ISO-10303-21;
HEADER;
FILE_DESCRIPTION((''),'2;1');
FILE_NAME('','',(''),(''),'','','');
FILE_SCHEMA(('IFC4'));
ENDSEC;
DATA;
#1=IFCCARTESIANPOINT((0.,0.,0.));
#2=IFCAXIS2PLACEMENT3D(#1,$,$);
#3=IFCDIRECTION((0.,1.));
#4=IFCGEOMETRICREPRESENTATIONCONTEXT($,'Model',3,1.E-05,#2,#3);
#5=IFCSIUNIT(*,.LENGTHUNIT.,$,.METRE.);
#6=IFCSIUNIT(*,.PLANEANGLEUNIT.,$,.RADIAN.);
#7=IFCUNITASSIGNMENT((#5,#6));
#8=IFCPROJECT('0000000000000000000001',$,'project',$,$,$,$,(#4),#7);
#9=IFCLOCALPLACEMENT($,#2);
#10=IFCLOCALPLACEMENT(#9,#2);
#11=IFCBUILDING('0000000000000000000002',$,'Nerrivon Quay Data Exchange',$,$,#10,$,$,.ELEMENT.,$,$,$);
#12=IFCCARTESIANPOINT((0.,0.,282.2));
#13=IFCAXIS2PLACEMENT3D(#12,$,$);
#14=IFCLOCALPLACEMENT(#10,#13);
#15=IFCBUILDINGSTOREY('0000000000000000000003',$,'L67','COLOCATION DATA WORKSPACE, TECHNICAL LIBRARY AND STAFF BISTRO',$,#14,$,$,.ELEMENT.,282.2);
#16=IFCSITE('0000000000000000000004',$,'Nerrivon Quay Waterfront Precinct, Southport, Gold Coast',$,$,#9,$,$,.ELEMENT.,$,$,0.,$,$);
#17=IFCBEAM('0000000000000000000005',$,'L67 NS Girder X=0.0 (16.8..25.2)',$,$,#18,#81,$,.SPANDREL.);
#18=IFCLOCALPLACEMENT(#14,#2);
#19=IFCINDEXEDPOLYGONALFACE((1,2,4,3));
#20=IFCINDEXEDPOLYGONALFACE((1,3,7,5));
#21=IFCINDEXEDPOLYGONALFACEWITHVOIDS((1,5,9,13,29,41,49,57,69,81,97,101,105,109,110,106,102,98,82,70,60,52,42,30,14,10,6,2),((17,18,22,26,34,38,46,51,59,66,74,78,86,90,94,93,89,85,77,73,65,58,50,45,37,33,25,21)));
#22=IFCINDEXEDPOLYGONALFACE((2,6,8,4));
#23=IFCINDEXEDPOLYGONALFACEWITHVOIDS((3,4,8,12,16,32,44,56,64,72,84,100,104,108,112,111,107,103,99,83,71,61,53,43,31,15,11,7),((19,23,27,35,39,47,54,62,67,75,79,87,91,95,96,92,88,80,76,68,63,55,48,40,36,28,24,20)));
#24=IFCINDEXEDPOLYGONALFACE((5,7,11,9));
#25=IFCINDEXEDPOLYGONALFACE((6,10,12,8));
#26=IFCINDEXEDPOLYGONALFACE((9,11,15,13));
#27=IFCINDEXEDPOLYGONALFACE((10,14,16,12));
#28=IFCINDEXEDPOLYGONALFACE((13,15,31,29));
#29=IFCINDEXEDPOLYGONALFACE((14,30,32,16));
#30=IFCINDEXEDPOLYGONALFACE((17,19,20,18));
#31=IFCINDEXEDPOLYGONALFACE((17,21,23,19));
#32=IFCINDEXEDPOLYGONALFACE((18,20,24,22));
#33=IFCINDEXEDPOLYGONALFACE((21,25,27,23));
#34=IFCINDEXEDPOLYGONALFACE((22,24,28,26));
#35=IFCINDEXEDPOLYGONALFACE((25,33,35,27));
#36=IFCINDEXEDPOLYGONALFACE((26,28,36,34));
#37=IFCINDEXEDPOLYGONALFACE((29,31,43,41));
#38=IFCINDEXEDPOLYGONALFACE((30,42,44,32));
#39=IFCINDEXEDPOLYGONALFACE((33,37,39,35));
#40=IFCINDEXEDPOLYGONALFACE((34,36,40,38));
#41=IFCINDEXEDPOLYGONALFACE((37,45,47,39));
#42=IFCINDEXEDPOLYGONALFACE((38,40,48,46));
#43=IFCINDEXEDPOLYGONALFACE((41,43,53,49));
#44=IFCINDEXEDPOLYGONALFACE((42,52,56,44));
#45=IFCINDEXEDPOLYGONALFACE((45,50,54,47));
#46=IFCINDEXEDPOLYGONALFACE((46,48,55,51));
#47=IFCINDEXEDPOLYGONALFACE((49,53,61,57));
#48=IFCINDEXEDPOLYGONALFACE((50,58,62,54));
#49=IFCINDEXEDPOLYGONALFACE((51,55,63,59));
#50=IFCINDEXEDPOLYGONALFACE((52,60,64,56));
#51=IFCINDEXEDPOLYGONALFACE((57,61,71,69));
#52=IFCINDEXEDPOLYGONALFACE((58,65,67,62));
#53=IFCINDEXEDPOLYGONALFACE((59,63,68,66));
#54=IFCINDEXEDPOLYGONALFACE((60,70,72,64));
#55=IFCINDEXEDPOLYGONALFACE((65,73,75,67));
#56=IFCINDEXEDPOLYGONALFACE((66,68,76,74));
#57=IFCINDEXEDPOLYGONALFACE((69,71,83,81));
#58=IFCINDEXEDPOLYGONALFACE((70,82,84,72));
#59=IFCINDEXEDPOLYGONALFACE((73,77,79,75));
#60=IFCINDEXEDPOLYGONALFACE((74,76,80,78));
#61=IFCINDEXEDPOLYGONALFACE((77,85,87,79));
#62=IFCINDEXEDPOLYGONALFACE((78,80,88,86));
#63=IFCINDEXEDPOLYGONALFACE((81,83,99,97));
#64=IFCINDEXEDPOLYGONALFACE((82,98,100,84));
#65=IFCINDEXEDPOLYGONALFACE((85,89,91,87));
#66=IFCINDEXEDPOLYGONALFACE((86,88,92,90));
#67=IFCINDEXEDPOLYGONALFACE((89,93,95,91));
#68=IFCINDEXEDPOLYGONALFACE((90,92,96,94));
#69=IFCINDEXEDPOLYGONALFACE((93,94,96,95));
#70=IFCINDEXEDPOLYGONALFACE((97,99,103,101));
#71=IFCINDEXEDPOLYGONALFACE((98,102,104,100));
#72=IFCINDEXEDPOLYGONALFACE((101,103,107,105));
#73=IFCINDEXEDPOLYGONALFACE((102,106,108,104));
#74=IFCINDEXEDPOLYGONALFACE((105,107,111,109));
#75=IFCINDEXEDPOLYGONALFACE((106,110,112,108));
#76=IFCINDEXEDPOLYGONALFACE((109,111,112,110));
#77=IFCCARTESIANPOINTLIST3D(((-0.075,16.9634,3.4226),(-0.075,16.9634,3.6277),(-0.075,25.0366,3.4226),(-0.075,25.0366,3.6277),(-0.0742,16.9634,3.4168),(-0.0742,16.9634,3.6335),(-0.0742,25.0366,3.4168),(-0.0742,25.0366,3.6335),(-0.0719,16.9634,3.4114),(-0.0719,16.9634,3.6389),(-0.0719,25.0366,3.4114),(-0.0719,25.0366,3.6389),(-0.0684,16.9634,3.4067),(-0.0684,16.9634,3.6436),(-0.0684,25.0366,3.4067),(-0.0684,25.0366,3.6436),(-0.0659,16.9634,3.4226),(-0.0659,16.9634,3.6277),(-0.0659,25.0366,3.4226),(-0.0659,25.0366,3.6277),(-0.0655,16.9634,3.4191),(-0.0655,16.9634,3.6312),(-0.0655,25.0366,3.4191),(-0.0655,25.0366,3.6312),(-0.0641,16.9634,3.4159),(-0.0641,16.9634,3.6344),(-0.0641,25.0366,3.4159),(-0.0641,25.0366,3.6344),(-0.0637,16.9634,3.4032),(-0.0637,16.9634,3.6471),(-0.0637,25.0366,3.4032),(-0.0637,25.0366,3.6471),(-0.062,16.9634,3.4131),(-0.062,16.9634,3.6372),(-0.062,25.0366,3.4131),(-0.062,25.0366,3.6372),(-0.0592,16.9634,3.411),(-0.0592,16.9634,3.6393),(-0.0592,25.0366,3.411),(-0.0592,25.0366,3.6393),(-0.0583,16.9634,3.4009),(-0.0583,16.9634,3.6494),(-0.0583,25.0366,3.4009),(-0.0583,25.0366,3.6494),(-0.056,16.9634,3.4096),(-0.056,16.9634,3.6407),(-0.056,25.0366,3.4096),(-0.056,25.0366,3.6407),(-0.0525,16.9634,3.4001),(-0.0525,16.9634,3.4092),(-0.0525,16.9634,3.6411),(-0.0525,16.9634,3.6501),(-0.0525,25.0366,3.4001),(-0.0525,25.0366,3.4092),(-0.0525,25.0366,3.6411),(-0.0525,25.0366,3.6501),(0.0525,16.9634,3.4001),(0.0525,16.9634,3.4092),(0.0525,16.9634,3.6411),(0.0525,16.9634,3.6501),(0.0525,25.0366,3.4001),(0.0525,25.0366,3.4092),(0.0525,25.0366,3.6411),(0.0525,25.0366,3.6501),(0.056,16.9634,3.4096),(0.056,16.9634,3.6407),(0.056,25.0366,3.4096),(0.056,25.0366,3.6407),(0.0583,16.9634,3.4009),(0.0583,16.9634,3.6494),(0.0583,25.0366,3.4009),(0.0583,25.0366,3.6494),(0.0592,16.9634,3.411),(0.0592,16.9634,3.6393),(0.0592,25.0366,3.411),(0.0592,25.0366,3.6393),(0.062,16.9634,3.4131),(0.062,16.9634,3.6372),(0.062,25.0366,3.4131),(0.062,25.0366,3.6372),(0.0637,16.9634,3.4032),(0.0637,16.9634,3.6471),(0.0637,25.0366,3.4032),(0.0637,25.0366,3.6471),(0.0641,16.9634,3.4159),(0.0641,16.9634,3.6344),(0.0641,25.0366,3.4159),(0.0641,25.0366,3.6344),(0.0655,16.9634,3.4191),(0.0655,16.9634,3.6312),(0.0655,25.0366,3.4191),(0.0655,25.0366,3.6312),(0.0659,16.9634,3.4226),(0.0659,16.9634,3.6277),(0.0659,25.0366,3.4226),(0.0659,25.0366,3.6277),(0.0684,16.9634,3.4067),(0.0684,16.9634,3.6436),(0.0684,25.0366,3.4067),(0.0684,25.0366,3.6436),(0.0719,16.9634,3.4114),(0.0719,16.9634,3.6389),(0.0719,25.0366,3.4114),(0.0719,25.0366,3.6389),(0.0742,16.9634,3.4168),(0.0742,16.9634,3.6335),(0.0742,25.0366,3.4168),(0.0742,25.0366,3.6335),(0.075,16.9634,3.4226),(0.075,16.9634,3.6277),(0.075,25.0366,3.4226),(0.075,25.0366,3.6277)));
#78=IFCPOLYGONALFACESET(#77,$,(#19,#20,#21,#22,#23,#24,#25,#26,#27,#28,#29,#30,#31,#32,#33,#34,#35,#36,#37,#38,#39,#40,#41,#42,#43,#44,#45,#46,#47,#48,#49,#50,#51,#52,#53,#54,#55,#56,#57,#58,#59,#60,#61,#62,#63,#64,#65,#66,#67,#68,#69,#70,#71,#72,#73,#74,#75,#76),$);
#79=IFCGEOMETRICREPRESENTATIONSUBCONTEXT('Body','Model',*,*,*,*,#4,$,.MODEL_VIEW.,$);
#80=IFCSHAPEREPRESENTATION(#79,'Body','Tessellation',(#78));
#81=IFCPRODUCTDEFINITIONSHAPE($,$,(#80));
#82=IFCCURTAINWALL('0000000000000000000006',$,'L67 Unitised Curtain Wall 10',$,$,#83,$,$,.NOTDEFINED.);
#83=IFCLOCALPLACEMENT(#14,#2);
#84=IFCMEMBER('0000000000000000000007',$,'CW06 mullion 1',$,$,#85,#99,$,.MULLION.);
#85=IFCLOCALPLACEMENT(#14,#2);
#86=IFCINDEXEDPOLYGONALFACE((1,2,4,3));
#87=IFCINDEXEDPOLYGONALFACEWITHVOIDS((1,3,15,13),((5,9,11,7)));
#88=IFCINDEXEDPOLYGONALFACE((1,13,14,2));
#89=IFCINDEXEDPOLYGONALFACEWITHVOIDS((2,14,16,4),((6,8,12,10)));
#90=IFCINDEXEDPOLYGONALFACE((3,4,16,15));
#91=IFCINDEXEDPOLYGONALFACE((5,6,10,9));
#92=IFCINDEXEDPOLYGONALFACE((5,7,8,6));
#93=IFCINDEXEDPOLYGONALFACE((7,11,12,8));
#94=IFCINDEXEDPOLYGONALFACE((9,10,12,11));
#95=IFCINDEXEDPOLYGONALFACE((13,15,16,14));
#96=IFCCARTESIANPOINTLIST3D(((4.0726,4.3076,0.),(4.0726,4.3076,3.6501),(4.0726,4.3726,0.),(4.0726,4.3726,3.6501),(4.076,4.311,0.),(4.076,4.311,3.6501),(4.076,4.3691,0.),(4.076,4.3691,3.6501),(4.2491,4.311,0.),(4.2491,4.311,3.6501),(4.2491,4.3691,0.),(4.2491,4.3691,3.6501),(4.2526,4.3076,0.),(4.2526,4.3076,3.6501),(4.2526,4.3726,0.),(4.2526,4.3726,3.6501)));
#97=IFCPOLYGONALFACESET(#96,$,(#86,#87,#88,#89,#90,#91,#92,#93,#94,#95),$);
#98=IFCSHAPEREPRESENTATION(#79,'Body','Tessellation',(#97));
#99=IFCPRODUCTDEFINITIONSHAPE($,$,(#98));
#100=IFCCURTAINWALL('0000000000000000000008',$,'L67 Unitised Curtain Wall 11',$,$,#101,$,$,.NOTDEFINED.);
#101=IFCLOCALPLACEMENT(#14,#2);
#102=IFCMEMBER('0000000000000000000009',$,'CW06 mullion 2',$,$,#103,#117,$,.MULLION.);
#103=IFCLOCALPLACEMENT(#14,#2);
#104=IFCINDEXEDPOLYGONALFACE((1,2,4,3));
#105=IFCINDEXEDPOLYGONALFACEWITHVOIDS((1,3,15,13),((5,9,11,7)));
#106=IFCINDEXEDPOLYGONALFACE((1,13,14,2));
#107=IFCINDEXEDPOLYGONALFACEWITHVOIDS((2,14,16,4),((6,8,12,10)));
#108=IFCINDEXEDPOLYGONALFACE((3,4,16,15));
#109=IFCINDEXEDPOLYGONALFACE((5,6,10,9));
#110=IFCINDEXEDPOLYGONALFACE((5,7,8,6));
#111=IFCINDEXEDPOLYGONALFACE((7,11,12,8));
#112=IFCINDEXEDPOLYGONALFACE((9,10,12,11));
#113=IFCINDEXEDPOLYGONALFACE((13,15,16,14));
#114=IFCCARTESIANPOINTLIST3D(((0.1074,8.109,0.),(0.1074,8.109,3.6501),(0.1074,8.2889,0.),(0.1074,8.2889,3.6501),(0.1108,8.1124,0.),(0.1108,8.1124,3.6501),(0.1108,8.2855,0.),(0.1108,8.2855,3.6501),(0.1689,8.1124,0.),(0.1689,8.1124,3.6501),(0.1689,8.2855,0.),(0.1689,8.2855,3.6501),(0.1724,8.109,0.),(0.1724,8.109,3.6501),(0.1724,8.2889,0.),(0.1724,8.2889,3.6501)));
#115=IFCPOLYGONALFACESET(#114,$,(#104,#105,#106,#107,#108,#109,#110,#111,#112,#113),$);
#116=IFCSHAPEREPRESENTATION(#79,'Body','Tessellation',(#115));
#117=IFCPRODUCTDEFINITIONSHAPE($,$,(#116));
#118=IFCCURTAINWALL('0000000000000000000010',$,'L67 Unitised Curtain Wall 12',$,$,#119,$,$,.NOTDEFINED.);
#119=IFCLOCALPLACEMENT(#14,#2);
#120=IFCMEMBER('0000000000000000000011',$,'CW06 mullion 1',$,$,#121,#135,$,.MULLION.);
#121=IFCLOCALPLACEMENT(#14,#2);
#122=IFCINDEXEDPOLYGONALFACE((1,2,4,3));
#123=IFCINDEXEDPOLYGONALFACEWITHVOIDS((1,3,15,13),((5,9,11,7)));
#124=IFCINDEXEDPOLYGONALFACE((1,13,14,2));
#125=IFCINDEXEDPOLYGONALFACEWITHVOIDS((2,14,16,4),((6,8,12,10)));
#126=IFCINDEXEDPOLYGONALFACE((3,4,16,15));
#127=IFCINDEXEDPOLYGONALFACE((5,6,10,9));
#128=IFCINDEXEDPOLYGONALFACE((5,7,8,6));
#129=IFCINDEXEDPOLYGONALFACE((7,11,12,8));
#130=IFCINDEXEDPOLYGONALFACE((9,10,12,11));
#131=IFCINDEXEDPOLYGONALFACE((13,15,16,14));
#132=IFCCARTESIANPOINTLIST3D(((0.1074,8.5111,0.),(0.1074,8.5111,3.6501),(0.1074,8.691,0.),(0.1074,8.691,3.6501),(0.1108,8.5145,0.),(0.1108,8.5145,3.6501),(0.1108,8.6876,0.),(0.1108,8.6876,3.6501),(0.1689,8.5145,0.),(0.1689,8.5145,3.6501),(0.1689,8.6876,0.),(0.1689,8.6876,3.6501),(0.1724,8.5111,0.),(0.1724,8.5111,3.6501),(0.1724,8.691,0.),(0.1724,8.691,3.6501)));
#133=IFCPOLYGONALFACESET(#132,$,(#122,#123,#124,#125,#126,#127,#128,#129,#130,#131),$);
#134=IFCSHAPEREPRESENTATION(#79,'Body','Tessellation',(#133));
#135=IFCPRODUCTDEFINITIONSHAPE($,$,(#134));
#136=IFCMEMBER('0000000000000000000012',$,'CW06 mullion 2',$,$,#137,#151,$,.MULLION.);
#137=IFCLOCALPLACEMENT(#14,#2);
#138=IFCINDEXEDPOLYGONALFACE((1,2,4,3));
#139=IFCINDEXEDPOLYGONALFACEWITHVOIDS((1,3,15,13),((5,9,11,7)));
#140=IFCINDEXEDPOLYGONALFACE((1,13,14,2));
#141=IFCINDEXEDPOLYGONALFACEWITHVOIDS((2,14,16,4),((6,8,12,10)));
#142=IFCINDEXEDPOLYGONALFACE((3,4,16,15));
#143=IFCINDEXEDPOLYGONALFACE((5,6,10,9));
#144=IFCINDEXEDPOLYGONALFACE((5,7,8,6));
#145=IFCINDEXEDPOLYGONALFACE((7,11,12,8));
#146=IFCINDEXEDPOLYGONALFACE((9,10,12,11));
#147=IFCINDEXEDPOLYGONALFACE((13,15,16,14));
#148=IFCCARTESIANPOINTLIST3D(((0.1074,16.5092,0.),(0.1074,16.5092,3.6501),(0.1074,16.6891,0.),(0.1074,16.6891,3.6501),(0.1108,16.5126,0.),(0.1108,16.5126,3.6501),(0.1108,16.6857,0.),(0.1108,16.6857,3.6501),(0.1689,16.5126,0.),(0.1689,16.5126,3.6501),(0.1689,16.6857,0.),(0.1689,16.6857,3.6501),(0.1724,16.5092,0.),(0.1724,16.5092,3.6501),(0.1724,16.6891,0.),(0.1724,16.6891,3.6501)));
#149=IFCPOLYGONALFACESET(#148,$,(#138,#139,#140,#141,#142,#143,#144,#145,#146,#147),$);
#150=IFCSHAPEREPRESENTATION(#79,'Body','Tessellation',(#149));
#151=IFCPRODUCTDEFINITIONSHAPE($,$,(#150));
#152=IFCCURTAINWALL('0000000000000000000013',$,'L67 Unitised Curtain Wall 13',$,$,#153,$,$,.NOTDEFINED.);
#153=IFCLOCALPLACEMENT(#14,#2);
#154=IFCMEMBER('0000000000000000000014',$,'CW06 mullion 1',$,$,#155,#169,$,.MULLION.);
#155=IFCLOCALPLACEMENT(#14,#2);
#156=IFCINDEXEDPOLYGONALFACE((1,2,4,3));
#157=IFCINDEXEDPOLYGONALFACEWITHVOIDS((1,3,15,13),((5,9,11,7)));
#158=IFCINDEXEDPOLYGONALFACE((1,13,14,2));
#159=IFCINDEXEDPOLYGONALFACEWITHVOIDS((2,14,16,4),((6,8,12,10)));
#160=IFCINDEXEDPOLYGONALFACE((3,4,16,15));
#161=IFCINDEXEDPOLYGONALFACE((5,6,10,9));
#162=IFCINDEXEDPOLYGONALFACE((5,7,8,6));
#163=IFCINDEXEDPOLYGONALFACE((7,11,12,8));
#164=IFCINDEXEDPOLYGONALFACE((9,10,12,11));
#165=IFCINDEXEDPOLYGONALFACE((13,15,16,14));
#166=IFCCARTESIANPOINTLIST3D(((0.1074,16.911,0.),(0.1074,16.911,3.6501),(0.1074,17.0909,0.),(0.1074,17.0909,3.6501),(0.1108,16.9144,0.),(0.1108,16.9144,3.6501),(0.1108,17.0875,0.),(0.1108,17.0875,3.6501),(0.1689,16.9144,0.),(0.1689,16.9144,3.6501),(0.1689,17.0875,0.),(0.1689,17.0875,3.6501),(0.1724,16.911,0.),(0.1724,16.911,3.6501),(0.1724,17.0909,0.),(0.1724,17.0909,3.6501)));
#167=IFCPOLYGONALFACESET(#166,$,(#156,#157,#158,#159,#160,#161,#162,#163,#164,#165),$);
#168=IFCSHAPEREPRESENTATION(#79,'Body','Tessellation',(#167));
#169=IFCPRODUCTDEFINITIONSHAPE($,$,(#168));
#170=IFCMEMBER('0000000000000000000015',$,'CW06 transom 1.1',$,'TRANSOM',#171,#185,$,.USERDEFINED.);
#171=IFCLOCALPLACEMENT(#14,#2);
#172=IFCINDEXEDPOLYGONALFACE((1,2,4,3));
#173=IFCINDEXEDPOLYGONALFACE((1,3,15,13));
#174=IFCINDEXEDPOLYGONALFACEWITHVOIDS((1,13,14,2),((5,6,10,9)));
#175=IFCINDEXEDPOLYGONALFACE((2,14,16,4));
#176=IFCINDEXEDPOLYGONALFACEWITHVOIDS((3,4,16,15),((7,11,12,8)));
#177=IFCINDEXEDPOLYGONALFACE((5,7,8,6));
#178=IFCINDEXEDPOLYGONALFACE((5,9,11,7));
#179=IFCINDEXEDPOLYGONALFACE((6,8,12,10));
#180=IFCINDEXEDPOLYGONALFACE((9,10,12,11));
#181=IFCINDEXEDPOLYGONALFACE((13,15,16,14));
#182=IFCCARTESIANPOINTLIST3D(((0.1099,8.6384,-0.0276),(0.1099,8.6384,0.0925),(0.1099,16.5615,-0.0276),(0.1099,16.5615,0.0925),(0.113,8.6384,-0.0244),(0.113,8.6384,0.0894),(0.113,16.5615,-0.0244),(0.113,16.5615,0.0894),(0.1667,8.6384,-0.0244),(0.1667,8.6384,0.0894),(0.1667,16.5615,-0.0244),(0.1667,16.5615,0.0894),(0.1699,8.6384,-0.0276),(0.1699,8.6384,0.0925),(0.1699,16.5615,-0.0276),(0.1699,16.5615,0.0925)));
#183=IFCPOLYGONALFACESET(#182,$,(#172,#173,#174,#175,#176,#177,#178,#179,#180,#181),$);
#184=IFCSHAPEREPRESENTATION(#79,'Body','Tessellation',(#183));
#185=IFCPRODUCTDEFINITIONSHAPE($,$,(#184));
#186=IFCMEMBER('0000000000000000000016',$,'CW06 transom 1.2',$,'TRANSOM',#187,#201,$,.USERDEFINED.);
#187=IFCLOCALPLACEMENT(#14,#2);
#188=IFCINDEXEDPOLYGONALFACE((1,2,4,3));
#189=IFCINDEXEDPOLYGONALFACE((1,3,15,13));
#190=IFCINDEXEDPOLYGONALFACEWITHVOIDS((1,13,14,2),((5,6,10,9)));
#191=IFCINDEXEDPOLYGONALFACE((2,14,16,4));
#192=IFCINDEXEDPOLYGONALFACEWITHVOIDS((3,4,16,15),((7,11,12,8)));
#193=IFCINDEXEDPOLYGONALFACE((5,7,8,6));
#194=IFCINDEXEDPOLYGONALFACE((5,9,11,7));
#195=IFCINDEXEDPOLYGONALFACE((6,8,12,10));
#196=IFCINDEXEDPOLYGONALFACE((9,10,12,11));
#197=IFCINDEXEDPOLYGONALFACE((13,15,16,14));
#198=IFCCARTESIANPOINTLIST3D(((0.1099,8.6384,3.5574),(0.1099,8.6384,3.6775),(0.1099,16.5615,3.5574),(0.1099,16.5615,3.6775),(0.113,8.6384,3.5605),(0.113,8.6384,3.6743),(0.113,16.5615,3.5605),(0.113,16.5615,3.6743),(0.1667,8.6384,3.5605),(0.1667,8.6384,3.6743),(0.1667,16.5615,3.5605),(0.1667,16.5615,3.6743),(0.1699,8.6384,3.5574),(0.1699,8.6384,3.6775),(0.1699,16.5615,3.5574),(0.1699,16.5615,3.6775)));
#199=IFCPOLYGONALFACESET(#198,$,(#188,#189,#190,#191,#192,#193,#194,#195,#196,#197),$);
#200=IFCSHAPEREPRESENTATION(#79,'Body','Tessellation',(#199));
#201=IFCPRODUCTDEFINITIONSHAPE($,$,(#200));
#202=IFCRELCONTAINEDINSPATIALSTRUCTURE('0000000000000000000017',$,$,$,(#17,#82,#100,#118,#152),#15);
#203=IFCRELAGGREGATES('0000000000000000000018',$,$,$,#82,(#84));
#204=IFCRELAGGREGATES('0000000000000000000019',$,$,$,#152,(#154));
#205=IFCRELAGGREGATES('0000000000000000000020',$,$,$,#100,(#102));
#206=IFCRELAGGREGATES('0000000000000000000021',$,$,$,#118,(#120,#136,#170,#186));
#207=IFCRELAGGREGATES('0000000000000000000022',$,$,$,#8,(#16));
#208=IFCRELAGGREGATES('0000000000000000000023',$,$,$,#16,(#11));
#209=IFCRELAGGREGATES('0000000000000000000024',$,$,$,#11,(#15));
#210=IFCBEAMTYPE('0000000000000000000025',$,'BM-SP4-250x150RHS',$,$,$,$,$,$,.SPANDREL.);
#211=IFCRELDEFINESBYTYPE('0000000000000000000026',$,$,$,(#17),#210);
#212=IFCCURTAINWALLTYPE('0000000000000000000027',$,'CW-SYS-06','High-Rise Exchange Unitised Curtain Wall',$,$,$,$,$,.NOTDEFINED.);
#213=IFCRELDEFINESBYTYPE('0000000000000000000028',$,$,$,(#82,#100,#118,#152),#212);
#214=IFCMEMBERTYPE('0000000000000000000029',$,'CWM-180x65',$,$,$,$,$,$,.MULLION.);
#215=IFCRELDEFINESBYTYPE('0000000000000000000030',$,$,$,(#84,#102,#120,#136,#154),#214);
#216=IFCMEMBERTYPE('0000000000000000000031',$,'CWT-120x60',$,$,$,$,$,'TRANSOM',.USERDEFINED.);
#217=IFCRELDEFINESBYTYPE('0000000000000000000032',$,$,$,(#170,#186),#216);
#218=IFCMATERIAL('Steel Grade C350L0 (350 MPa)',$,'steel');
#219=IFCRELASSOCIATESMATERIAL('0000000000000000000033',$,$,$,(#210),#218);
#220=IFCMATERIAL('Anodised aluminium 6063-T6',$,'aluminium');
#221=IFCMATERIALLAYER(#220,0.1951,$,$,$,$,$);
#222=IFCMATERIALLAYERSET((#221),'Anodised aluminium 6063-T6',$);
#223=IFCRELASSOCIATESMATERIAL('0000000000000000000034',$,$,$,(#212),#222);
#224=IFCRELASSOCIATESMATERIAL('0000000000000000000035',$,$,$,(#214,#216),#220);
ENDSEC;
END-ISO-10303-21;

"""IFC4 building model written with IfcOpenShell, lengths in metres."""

from ifc_helpers import new_model, si_unit, direction, frame, origin, origin_2d, place, context, subcontext, project, spatial, hollow_rectangle, extrude, material, layer, layer_set, material_profile, profile_set, type_object, element, aggregate, save


model = new_model("IFC4")

# Units and contexts
model_context = context("Model", 3, precision=1e-05, world=origin(), true_north=direction((0.0, 1.0)))
body_context = subcontext(model_context, "Body", "Model", "MODEL_VIEW")
ifc_project = project(units=[si_unit("LENGTHUNIT", "METRE"), si_unit("PLANEANGLEUNIT", "RADIAN")], contexts=[model_context])

# Site, building, storey
site_placement = place(None, origin())
site = spatial("IfcSite", under=ifc_project, at=site_placement, Name="Nerrivon Quay Waterfront Precinct, Southport, Gold Coast", CompositionType="ELEMENT", RefElevation=0.0)
building_placement = place(site_placement, origin())
building = spatial("IfcBuilding", under=site, at=building_placement, Name="Nerrivon Quay Data Exchange", CompositionType="ELEMENT")
storey_placement = place(building_placement, frame((0.0, 0.0, 282.2)))
storey = spatial("IfcBuildingStorey", under=building, at=storey_placement, Name="L67", Description="COLOCATION DATA WORKSPACE, TECHNICAL LIBRARY AND STAFF BISTRO", CompositionType="ELEMENT", Elevation=282.2)

# Beam
ifc_material_1 = material(Name="Steel Grade C350L0 (350 MPa)", Category="steel")
ifc_material_profile_1 = material_profile(ifc_material_1, hollow_rectangle(XDim=0.1499, YDim=0.25, WallThickness=0.009, InnerFilletRadius=0.0134, OuterFilletRadius=0.0225, at=origin_2d()), Name="250x150x9.0RHS")
ifc_profile_set_1 = profile_set([ifc_material_profile_1], Name="Steel Grade C350L0 (350 MPa)")
beam_type_1 = type_object("IfcBeamType", Name="BM-SP4-250x150RHS", PredefinedType="SPANDREL", material=ifc_profile_set_1)
beam_1_placement = place(storey_placement, frame((0.0, 16.9634, 3.5251), z_axis=(0.0, 1.0, 0.0), x_axis=(-1.0, 0.0, 0.0)))
element("IfcBeam", 1, at=beam_1_placement, inside=storey, type_object=beam_type_1, Name="L67 NS Girder X=0.0 (16.8..25.2)", PredefinedType="SPANDREL", context=body_context, shape_type="SweptSolid", body=[
    extrude(hollow_rectangle(XDim=0.1499, YDim=0.25, WallThickness=0.009, InnerFilletRadius=0.0134, OuterFilletRadius=0.0225, at=origin_2d()), origin(), (0.0, 0.0, 1.0), 8.0732),
])

# Curtain walls, members
ifc_material_2 = material(Name="Anodised aluminium 6063-T6", Category="aluminium")
ifc_layer_1 = layer(ifc_material_2, 0.1951)
ifc_layer_set_1 = layer_set([ifc_layer_1], Name="Anodised aluminium 6063-T6")
curtain_wall_type = type_object("IfcCurtainWallType", Name="CW-SYS-06", Description="High-Rise Exchange Unitised Curtain Wall", PredefinedType="NOTDEFINED", material=ifc_layer_set_1)
curtain_wall_1_placement = place(storey_placement, origin())
curtain_wall_1 = element("IfcCurtainWall", 2, at=curtain_wall_1_placement, inside=storey, type_object=curtain_wall_type, Name="L67 Unitised Curtain Wall 10", PredefinedType="NOTDEFINED")
ifc_material_profile_2 = material_profile(ifc_material_2, hollow_rectangle(XDim=0.0649, YDim=0.1799, WallThickness=0.0034, at=origin_2d()), Name="ALU-MULL-180x65")
ifc_profile_set_2 = profile_set([ifc_material_profile_2], Name="Anodised aluminium 6063-T6")
member_type_1 = type_object("IfcMemberType", Name="CWM-180x65", PredefinedType="MULLION", material=ifc_profile_set_2)
member_1_placement = place(storey_placement, frame((4.1626, 4.3401, 0.0), z_axis=(0.0, 0.0, 1.0), x_axis=(0.0, -1.0, 0.0)))
member_1 = element("IfcMember", 3, at=member_1_placement, type_object=member_type_1, Name="CW06 mullion 1", PredefinedType="MULLION", context=body_context, shape_type="SweptSolid", body=[
    extrude(hollow_rectangle(XDim=0.0649, YDim=0.1799, WallThickness=0.0034, at=origin_2d()), origin(), (0.0, 0.0, 1.0), 3.6501),
])
aggregate(curtain_wall_1, [member_1])
curtain_wall_2_placement = place(storey_placement, origin())
curtain_wall_2 = element("IfcCurtainWall", 4, at=curtain_wall_2_placement, inside=storey, type_object=curtain_wall_type, Name="L67 Unitised Curtain Wall 11", PredefinedType="NOTDEFINED")
member_2_placement = place(storey_placement, frame((0.1399, 8.199, 0.0), z_axis=(0.0, 0.0, 1.0), x_axis=(-1.0, 0.0, 0.0)))
member_2 = element("IfcMember", 5, at=member_2_placement, type_object=member_type_1, Name="CW06 mullion 2", PredefinedType="MULLION", context=body_context, shape_type="SweptSolid", body=[
    extrude(hollow_rectangle(XDim=0.0649, YDim=0.1799, WallThickness=0.0034, at=origin_2d()), origin(), (0.0, 0.0, 1.0), 3.6501),
])

# Curtain wall, members
curtain_wall_3_placement = place(storey_placement, origin())
curtain_wall_3 = element("IfcCurtainWall", 6, at=curtain_wall_3_placement, inside=storey, type_object=curtain_wall_type, Name="L67 Unitised Curtain Wall 12", PredefinedType="NOTDEFINED")
member_3_placement = place(storey_placement, frame((0.1399, 8.6011, 0.0), z_axis=(0.0, 0.0, 1.0), x_axis=(-1.0, 0.0, 0.0)))
member_3 = element("IfcMember", 7, at=member_3_placement, type_object=member_type_1, Name="CW06 mullion 1", PredefinedType="MULLION", context=body_context, shape_type="SweptSolid", body=[
    extrude(hollow_rectangle(XDim=0.0649, YDim=0.1799, WallThickness=0.0034, at=origin_2d()), origin(), (0.0, 0.0, 1.0), 3.6501),
])
member_4_placement = place(storey_placement, frame((0.1399, 16.5991, 0.0), z_axis=(0.0, 0.0, 1.0), x_axis=(-1.0, 0.0, 0.0)))
member_4 = element("IfcMember", 8, at=member_4_placement, type_object=member_type_1, Name="CW06 mullion 2", PredefinedType="MULLION", context=body_context, shape_type="SweptSolid", body=[
    extrude(hollow_rectangle(XDim=0.0649, YDim=0.1799, WallThickness=0.0034, at=origin_2d()), origin(), (0.0, 0.0, 1.0), 3.6501),
])

# Curtain wall, member
curtain_wall_4_placement = place(storey_placement, origin())
curtain_wall_4 = element("IfcCurtainWall", 9, at=curtain_wall_4_placement, inside=storey, type_object=curtain_wall_type, Name="L67 Unitised Curtain Wall 13", PredefinedType="NOTDEFINED")
member_5_placement = place(storey_placement, frame((0.1399, 17.001, 0.0), z_axis=(0.0, 0.0, 1.0), x_axis=(-1.0, 0.0, 0.0)))
member_5 = element("IfcMember", 10, at=member_5_placement, type_object=member_type_1, Name="CW06 mullion 1", PredefinedType="MULLION", context=body_context, shape_type="SweptSolid", body=[
    extrude(hollow_rectangle(XDim=0.0649, YDim=0.1799, WallThickness=0.0034, at=origin_2d()), origin(), (0.0, 0.0, 1.0), 3.6501),
])

# Members
ifc_material_profile_3 = material_profile(ifc_material_2, hollow_rectangle(XDim=0.0601, YDim=0.1201, WallThickness=0.0032, at=origin_2d()), Name="ALU-TRAN-120x60")
ifc_profile_set_3 = profile_set([ifc_material_profile_3], Name="Anodised aluminium 6063-T6")
member_type_2 = type_object("IfcMemberType", Name="CWT-120x60", ElementType="TRANSOM", PredefinedType="USERDEFINED", material=ifc_profile_set_3)
member_6_placement = place(storey_placement, frame((0.1399, 8.6384, 0.0325), z_axis=(0.0, 1.0, 0.0), x_axis=(-1.0, 0.0, 0.0)))
member_6 = element("IfcMember", 11, at=member_6_placement, type_object=member_type_2, Name="CW06 transom 1.1", ObjectType="TRANSOM", PredefinedType="USERDEFINED", context=body_context, shape_type="SweptSolid", body=[
    extrude(hollow_rectangle(XDim=0.0601, YDim=0.1201, WallThickness=0.0032, at=origin_2d()), origin(), (0.0, 0.0, 1.0), 7.9231),
])
member_7_placement = place(storey_placement, frame((0.1399, 8.6384, 3.6174), z_axis=(0.0, 1.0, 0.0), x_axis=(-1.0, 0.0, 0.0)))
member_7 = element("IfcMember", 12, at=member_7_placement, type_object=member_type_2, Name="CW06 transom 1.2", ObjectType="TRANSOM", PredefinedType="USERDEFINED", context=body_context, shape_type="SweptSolid", body=[
    extrude(hollow_rectangle(XDim=0.0601, YDim=0.1201, WallThickness=0.0032, at=origin_2d()), origin(), (0.0, 0.0, 1.0), 7.9231),
])
aggregate(curtain_wall_4, [member_5])

aggregate(curtain_wall_2, [member_2])
aggregate(curtain_wall_3, [member_3, member_4, member_6, member_7])

save(model, "model.ifc")
